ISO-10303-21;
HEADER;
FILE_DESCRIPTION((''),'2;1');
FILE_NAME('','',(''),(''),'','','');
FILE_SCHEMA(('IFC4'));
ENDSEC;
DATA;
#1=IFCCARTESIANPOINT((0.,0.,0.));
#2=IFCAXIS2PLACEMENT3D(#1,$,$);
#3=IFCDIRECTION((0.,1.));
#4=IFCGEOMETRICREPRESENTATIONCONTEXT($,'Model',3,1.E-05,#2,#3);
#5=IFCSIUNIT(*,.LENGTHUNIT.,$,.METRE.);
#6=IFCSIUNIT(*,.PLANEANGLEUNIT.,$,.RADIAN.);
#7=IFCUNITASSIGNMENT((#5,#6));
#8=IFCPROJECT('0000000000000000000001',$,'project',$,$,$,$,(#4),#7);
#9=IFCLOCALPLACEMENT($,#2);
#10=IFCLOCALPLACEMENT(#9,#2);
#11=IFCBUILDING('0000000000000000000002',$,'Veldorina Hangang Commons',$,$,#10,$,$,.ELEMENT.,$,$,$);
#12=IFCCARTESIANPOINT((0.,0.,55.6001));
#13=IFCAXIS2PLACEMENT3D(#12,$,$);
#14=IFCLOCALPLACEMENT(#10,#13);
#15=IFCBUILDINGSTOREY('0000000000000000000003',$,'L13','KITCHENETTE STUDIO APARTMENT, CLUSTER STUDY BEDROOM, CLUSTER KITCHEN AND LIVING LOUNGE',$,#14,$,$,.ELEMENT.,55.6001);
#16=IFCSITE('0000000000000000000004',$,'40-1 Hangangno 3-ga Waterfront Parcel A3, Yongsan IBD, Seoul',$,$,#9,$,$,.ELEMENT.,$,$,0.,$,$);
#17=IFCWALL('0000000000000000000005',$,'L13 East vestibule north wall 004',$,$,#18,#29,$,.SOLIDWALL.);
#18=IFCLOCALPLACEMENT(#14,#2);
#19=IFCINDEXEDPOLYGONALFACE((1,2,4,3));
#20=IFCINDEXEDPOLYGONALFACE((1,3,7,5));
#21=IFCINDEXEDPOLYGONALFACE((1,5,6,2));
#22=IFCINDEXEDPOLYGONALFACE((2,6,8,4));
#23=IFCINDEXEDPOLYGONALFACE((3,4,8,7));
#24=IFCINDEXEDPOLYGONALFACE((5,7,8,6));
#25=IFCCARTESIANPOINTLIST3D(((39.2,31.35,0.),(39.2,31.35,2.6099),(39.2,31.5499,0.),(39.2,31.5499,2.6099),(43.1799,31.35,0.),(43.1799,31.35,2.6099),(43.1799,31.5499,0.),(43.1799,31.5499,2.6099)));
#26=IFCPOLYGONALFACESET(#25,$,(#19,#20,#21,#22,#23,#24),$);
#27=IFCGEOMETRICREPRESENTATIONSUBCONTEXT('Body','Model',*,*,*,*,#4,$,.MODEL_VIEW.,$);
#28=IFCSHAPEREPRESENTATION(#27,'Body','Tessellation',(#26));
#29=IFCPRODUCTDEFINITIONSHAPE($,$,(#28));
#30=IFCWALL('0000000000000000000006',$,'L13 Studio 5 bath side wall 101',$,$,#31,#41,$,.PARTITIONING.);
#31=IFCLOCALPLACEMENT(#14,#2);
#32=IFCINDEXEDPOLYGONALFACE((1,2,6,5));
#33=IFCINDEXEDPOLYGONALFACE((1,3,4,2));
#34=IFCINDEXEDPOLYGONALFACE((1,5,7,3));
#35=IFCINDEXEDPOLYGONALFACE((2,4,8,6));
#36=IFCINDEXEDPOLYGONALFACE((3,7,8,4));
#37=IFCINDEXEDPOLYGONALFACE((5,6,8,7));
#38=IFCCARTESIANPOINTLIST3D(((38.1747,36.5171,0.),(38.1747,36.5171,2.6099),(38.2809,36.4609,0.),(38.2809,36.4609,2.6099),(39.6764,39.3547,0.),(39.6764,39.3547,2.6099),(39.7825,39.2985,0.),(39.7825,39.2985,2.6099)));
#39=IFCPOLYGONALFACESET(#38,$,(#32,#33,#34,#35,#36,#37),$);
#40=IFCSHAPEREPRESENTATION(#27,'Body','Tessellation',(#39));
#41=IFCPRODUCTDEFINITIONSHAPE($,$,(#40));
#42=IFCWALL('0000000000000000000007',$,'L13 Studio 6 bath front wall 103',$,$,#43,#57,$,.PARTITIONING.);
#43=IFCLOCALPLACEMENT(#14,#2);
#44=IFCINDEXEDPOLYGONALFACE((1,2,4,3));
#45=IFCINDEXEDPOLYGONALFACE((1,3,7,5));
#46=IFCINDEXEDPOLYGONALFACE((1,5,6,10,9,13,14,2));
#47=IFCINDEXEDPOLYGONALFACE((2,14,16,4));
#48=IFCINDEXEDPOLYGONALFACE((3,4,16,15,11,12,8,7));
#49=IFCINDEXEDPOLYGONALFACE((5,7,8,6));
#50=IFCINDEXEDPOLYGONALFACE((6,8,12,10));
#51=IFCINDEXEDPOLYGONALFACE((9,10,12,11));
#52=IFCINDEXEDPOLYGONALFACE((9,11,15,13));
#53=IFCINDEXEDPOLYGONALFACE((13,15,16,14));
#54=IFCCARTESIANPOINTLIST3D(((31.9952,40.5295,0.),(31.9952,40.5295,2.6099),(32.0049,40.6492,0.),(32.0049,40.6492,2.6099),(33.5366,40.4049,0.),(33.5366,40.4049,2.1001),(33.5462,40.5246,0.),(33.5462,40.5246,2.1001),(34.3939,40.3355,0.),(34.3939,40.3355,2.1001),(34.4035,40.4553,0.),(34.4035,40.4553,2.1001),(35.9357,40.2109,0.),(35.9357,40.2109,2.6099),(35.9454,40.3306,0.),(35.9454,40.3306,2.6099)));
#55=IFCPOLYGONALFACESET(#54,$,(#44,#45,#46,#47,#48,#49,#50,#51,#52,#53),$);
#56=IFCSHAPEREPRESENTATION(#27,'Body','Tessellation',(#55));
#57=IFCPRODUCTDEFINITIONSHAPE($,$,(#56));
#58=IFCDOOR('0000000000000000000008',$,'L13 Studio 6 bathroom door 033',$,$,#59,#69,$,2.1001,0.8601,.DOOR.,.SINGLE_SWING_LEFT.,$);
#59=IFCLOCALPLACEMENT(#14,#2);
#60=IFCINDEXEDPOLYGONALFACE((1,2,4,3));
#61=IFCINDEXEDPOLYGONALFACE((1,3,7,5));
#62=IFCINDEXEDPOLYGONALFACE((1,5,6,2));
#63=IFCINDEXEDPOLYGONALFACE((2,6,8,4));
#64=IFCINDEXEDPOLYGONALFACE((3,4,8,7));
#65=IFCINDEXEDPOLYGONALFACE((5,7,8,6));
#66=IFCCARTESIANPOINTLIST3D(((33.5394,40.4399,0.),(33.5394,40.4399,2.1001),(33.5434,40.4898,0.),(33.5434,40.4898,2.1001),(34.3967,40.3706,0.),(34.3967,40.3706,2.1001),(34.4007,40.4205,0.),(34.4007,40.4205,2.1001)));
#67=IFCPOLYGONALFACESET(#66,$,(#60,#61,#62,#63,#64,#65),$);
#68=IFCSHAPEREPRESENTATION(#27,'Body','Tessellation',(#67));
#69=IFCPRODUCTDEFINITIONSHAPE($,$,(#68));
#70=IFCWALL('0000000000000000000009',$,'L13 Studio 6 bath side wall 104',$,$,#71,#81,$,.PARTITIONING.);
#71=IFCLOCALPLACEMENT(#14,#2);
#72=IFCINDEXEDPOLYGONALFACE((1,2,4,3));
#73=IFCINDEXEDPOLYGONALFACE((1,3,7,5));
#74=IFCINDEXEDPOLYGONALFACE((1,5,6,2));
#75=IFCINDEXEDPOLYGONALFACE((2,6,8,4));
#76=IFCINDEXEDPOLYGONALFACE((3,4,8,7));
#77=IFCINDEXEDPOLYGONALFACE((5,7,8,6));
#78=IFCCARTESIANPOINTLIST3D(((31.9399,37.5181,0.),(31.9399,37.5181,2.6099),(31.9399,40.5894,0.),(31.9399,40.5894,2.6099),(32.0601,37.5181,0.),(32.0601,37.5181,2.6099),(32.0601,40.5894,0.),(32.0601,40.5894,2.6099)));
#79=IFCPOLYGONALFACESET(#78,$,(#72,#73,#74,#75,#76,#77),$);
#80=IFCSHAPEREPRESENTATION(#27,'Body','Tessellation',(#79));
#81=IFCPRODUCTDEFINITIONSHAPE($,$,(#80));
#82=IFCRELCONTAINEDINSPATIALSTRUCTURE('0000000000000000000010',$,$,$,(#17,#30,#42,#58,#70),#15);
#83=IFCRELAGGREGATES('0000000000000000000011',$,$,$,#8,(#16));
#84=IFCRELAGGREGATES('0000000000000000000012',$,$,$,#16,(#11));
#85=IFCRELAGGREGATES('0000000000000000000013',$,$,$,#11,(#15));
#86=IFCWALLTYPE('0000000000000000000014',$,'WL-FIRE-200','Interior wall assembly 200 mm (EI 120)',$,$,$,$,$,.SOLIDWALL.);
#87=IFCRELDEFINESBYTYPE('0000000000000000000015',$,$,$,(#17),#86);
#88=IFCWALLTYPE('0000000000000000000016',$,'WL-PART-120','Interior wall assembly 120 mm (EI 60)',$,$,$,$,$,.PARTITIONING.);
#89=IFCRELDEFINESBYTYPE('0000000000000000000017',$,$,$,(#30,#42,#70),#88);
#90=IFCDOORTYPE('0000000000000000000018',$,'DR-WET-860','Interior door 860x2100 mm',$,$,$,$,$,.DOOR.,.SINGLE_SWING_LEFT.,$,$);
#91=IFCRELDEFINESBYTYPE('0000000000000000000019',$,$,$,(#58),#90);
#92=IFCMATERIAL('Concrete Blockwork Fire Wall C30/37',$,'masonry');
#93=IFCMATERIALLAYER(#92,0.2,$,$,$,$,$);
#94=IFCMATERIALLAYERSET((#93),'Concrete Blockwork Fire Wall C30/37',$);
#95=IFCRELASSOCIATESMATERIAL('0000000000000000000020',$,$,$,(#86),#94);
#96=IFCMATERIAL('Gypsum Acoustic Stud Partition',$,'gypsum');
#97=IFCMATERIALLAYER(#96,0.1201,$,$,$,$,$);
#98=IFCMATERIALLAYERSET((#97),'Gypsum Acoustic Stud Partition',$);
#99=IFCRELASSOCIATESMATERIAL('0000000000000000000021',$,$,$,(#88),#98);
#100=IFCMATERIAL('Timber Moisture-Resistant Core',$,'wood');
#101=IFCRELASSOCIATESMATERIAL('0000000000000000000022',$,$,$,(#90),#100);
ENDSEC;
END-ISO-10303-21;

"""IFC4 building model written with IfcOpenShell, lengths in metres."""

from ifc_helpers import new_model, si_unit, direction, frame, frame_2d, origin, place, context, subcontext, project, spatial, rectangle, extrude, material, layer, layer_set, type_object, element, fill, save


model = new_model("IFC4")

# Units and contexts
model_context = context("Model", 3, precision=1e-05, world=origin(), true_north=direction((0.0, 1.0)))
body_context = subcontext(model_context, "Body", "Model", "MODEL_VIEW")
ifc_project = project(units=[si_unit("LENGTHUNIT", "METRE"), si_unit("PLANEANGLEUNIT", "RADIAN")], contexts=[model_context])

# Site, building, storey
site_placement = place(None, origin())
site = spatial("IfcSite", under=ifc_project, at=site_placement, Name="40-1 Hangangno 3-ga Waterfront Parcel A3, Yongsan IBD, Seoul", CompositionType="ELEMENT", RefElevation=0.0)
building_placement = place(site_placement, origin())
building = spatial("IfcBuilding", under=site, at=building_placement, Name="Veldorina Hangang Commons", CompositionType="ELEMENT")
storey_placement = place(building_placement, frame((0.0, 0.0, 55.6001)))
storey = spatial("IfcBuildingStorey", under=building, at=storey_placement, Name="L13", Description="KITCHENETTE STUDIO APARTMENT, CLUSTER STUDY BEDROOM, CLUSTER KITCHEN AND LIVING LOUNGE", CompositionType="ELEMENT", Elevation=55.6001)

# Walls
ifc_material_1 = material(Name="Concrete Blockwork Fire Wall C30/37", Category="masonry")
ifc_layer_1 = layer(ifc_material_1, 0.2)
ifc_layer_set_1 = layer_set([ifc_layer_1], Name="Concrete Blockwork Fire Wall C30/37")
wall_type_1 = type_object("IfcWallType", Name="WL-FIRE-200", Description="Interior wall assembly 200 mm (EI 120)", PredefinedType="SOLIDWALL", material=ifc_layer_set_1)
wall_1_placement = place(storey_placement, frame((39.2, 31.45, 0.0), z_axis=(0.0, 0.0, 1.0), x_axis=(1.0, 0.0, 0.0)))
element("IfcWall", 1, at=wall_1_placement, inside=storey, type_object=wall_type_1, Name="L13 East vestibule north wall 004", PredefinedType="SOLIDWALL", context=body_context, shape_type="SweptSolid", body=[
    extrude(rectangle(XDim=3.98, YDim=0.2, at=frame_2d((1.99, 0.0))), origin(), (0.0, 0.0, 1.0), 2.6099),
])
ifc_material_2 = material(Name="Gypsum Acoustic Stud Partition", Category="gypsum")
ifc_layer_2 = layer(ifc_material_2, 0.1201)
ifc_layer_set_2 = layer_set([ifc_layer_2], Name="Gypsum Acoustic Stud Partition")
wall_type_2 = type_object("IfcWallType", Name="WL-PART-120", Description="Interior wall assembly 120 mm (EI 60)", PredefinedType="PARTITIONING", material=ifc_layer_set_2)
wall_2_placement = place(storey_placement, frame((38.2278, 36.489, 0.0), z_axis=(0.0, 0.0, 1.0), x_axis=(0.467748, 0.883862, 0.0)))
element("IfcWall", 2, at=wall_2_placement, inside=storey, type_object=wall_type_2, Name="L13 Studio 5 bath side wall 101", PredefinedType="PARTITIONING", context=body_context, shape_type="SweptSolid", body=[
    extrude(rectangle(XDim=3.2104, YDim=0.1201, at=frame_2d((1.6052, 0.0))), origin(), (0.0, 0.0, 1.0), 2.6099),
])

# Wall, opening, door
wall_3_placement = place(storey_placement, frame((35.9404, 40.2708, 0.0), z_axis=(0.0, 0.0, 1.0), x_axis=(-0.996747, 0.080592, 0.0)))
wall_3 = element("IfcWall", 3, at=wall_3_placement, inside=storey, type_object=wall_type_2, Name="L13 Studio 6 bath front wall 103", PredefinedType="PARTITIONING", context=body_context, shape_type="SweptSolid", body=[
    extrude(rectangle(XDim=3.9534, YDim=0.1201, at=frame_2d((1.9766, 0.0))), origin(), (0.0, 0.0, 1.0), 2.6099),
])
opening_1_placement = place(wall_3_placement, frame((1.5466, 0.0, 0.0)))
opening_1 = element("IfcOpeningElement", 4, at=opening_1_placement, cuts=wall_3, PredefinedType="OPENING", context=body_context, shape_type="SweptSolid", body=[
    extrude(rectangle(XDim=0.8601, YDim=2.1001, at=frame_2d((0.4302, 1.05))), frame((0.0, 0.0701, 0.0), z_axis=(0.0, -1.0, 0.0), x_axis=(1.0, 0.0, 0.0)), (0.0, 0.0, 1.0), 0.1401),
])
ifc_material_3 = material(Name="Timber Moisture-Resistant Core", Category="wood")
door_type_1 = type_object("IfcDoorType", Name="DR-WET-860", Description="Interior door 860x2100 mm", OperationType="SINGLE_SWING_LEFT", PredefinedType="DOOR", material=ifc_material_3)
door_1_placement = place(opening_1_placement, origin())
door_1 = element("IfcDoor", 5, at=door_1_placement, inside=storey, type_object=door_type_1, Name="L13 Studio 6 bathroom door 033", OperationType="SINGLE_SWING_LEFT", OverallHeight=2.1001, OverallWidth=0.8601, PredefinedType="DOOR", context=body_context, shape_type="SweptSolid", body=[
    extrude(rectangle(XDim=0.8601, YDim=2.1001, at=frame_2d((0.4302, 1.05))), frame((0.0, 0.0249, 0.0), z_axis=(0.0, -1.0, 0.0), x_axis=(1.0, 0.0, 0.0)), (0.0, 0.0, 1.0), 0.05),
])
fill(opening_1, door_1)

# Wall
wall_4_placement = place(storey_placement, frame((32.0, 37.5181, 0.0), z_axis=(0.0, 0.0, 1.0), x_axis=(0.0, 1.0, 0.0)))
element("IfcWall", 6, at=wall_4_placement, inside=storey, type_object=wall_type_2, Name="L13 Studio 6 bath side wall 104", PredefinedType="PARTITIONING", context=body_context, shape_type="SweptSolid", body=[
    extrude(rectangle(XDim=3.0713, YDim=0.1201, at=frame_2d((1.5356, 0.0))), origin(), (0.0, 0.0, 1.0), 2.6099),
])

save(model, "model.ifc")
